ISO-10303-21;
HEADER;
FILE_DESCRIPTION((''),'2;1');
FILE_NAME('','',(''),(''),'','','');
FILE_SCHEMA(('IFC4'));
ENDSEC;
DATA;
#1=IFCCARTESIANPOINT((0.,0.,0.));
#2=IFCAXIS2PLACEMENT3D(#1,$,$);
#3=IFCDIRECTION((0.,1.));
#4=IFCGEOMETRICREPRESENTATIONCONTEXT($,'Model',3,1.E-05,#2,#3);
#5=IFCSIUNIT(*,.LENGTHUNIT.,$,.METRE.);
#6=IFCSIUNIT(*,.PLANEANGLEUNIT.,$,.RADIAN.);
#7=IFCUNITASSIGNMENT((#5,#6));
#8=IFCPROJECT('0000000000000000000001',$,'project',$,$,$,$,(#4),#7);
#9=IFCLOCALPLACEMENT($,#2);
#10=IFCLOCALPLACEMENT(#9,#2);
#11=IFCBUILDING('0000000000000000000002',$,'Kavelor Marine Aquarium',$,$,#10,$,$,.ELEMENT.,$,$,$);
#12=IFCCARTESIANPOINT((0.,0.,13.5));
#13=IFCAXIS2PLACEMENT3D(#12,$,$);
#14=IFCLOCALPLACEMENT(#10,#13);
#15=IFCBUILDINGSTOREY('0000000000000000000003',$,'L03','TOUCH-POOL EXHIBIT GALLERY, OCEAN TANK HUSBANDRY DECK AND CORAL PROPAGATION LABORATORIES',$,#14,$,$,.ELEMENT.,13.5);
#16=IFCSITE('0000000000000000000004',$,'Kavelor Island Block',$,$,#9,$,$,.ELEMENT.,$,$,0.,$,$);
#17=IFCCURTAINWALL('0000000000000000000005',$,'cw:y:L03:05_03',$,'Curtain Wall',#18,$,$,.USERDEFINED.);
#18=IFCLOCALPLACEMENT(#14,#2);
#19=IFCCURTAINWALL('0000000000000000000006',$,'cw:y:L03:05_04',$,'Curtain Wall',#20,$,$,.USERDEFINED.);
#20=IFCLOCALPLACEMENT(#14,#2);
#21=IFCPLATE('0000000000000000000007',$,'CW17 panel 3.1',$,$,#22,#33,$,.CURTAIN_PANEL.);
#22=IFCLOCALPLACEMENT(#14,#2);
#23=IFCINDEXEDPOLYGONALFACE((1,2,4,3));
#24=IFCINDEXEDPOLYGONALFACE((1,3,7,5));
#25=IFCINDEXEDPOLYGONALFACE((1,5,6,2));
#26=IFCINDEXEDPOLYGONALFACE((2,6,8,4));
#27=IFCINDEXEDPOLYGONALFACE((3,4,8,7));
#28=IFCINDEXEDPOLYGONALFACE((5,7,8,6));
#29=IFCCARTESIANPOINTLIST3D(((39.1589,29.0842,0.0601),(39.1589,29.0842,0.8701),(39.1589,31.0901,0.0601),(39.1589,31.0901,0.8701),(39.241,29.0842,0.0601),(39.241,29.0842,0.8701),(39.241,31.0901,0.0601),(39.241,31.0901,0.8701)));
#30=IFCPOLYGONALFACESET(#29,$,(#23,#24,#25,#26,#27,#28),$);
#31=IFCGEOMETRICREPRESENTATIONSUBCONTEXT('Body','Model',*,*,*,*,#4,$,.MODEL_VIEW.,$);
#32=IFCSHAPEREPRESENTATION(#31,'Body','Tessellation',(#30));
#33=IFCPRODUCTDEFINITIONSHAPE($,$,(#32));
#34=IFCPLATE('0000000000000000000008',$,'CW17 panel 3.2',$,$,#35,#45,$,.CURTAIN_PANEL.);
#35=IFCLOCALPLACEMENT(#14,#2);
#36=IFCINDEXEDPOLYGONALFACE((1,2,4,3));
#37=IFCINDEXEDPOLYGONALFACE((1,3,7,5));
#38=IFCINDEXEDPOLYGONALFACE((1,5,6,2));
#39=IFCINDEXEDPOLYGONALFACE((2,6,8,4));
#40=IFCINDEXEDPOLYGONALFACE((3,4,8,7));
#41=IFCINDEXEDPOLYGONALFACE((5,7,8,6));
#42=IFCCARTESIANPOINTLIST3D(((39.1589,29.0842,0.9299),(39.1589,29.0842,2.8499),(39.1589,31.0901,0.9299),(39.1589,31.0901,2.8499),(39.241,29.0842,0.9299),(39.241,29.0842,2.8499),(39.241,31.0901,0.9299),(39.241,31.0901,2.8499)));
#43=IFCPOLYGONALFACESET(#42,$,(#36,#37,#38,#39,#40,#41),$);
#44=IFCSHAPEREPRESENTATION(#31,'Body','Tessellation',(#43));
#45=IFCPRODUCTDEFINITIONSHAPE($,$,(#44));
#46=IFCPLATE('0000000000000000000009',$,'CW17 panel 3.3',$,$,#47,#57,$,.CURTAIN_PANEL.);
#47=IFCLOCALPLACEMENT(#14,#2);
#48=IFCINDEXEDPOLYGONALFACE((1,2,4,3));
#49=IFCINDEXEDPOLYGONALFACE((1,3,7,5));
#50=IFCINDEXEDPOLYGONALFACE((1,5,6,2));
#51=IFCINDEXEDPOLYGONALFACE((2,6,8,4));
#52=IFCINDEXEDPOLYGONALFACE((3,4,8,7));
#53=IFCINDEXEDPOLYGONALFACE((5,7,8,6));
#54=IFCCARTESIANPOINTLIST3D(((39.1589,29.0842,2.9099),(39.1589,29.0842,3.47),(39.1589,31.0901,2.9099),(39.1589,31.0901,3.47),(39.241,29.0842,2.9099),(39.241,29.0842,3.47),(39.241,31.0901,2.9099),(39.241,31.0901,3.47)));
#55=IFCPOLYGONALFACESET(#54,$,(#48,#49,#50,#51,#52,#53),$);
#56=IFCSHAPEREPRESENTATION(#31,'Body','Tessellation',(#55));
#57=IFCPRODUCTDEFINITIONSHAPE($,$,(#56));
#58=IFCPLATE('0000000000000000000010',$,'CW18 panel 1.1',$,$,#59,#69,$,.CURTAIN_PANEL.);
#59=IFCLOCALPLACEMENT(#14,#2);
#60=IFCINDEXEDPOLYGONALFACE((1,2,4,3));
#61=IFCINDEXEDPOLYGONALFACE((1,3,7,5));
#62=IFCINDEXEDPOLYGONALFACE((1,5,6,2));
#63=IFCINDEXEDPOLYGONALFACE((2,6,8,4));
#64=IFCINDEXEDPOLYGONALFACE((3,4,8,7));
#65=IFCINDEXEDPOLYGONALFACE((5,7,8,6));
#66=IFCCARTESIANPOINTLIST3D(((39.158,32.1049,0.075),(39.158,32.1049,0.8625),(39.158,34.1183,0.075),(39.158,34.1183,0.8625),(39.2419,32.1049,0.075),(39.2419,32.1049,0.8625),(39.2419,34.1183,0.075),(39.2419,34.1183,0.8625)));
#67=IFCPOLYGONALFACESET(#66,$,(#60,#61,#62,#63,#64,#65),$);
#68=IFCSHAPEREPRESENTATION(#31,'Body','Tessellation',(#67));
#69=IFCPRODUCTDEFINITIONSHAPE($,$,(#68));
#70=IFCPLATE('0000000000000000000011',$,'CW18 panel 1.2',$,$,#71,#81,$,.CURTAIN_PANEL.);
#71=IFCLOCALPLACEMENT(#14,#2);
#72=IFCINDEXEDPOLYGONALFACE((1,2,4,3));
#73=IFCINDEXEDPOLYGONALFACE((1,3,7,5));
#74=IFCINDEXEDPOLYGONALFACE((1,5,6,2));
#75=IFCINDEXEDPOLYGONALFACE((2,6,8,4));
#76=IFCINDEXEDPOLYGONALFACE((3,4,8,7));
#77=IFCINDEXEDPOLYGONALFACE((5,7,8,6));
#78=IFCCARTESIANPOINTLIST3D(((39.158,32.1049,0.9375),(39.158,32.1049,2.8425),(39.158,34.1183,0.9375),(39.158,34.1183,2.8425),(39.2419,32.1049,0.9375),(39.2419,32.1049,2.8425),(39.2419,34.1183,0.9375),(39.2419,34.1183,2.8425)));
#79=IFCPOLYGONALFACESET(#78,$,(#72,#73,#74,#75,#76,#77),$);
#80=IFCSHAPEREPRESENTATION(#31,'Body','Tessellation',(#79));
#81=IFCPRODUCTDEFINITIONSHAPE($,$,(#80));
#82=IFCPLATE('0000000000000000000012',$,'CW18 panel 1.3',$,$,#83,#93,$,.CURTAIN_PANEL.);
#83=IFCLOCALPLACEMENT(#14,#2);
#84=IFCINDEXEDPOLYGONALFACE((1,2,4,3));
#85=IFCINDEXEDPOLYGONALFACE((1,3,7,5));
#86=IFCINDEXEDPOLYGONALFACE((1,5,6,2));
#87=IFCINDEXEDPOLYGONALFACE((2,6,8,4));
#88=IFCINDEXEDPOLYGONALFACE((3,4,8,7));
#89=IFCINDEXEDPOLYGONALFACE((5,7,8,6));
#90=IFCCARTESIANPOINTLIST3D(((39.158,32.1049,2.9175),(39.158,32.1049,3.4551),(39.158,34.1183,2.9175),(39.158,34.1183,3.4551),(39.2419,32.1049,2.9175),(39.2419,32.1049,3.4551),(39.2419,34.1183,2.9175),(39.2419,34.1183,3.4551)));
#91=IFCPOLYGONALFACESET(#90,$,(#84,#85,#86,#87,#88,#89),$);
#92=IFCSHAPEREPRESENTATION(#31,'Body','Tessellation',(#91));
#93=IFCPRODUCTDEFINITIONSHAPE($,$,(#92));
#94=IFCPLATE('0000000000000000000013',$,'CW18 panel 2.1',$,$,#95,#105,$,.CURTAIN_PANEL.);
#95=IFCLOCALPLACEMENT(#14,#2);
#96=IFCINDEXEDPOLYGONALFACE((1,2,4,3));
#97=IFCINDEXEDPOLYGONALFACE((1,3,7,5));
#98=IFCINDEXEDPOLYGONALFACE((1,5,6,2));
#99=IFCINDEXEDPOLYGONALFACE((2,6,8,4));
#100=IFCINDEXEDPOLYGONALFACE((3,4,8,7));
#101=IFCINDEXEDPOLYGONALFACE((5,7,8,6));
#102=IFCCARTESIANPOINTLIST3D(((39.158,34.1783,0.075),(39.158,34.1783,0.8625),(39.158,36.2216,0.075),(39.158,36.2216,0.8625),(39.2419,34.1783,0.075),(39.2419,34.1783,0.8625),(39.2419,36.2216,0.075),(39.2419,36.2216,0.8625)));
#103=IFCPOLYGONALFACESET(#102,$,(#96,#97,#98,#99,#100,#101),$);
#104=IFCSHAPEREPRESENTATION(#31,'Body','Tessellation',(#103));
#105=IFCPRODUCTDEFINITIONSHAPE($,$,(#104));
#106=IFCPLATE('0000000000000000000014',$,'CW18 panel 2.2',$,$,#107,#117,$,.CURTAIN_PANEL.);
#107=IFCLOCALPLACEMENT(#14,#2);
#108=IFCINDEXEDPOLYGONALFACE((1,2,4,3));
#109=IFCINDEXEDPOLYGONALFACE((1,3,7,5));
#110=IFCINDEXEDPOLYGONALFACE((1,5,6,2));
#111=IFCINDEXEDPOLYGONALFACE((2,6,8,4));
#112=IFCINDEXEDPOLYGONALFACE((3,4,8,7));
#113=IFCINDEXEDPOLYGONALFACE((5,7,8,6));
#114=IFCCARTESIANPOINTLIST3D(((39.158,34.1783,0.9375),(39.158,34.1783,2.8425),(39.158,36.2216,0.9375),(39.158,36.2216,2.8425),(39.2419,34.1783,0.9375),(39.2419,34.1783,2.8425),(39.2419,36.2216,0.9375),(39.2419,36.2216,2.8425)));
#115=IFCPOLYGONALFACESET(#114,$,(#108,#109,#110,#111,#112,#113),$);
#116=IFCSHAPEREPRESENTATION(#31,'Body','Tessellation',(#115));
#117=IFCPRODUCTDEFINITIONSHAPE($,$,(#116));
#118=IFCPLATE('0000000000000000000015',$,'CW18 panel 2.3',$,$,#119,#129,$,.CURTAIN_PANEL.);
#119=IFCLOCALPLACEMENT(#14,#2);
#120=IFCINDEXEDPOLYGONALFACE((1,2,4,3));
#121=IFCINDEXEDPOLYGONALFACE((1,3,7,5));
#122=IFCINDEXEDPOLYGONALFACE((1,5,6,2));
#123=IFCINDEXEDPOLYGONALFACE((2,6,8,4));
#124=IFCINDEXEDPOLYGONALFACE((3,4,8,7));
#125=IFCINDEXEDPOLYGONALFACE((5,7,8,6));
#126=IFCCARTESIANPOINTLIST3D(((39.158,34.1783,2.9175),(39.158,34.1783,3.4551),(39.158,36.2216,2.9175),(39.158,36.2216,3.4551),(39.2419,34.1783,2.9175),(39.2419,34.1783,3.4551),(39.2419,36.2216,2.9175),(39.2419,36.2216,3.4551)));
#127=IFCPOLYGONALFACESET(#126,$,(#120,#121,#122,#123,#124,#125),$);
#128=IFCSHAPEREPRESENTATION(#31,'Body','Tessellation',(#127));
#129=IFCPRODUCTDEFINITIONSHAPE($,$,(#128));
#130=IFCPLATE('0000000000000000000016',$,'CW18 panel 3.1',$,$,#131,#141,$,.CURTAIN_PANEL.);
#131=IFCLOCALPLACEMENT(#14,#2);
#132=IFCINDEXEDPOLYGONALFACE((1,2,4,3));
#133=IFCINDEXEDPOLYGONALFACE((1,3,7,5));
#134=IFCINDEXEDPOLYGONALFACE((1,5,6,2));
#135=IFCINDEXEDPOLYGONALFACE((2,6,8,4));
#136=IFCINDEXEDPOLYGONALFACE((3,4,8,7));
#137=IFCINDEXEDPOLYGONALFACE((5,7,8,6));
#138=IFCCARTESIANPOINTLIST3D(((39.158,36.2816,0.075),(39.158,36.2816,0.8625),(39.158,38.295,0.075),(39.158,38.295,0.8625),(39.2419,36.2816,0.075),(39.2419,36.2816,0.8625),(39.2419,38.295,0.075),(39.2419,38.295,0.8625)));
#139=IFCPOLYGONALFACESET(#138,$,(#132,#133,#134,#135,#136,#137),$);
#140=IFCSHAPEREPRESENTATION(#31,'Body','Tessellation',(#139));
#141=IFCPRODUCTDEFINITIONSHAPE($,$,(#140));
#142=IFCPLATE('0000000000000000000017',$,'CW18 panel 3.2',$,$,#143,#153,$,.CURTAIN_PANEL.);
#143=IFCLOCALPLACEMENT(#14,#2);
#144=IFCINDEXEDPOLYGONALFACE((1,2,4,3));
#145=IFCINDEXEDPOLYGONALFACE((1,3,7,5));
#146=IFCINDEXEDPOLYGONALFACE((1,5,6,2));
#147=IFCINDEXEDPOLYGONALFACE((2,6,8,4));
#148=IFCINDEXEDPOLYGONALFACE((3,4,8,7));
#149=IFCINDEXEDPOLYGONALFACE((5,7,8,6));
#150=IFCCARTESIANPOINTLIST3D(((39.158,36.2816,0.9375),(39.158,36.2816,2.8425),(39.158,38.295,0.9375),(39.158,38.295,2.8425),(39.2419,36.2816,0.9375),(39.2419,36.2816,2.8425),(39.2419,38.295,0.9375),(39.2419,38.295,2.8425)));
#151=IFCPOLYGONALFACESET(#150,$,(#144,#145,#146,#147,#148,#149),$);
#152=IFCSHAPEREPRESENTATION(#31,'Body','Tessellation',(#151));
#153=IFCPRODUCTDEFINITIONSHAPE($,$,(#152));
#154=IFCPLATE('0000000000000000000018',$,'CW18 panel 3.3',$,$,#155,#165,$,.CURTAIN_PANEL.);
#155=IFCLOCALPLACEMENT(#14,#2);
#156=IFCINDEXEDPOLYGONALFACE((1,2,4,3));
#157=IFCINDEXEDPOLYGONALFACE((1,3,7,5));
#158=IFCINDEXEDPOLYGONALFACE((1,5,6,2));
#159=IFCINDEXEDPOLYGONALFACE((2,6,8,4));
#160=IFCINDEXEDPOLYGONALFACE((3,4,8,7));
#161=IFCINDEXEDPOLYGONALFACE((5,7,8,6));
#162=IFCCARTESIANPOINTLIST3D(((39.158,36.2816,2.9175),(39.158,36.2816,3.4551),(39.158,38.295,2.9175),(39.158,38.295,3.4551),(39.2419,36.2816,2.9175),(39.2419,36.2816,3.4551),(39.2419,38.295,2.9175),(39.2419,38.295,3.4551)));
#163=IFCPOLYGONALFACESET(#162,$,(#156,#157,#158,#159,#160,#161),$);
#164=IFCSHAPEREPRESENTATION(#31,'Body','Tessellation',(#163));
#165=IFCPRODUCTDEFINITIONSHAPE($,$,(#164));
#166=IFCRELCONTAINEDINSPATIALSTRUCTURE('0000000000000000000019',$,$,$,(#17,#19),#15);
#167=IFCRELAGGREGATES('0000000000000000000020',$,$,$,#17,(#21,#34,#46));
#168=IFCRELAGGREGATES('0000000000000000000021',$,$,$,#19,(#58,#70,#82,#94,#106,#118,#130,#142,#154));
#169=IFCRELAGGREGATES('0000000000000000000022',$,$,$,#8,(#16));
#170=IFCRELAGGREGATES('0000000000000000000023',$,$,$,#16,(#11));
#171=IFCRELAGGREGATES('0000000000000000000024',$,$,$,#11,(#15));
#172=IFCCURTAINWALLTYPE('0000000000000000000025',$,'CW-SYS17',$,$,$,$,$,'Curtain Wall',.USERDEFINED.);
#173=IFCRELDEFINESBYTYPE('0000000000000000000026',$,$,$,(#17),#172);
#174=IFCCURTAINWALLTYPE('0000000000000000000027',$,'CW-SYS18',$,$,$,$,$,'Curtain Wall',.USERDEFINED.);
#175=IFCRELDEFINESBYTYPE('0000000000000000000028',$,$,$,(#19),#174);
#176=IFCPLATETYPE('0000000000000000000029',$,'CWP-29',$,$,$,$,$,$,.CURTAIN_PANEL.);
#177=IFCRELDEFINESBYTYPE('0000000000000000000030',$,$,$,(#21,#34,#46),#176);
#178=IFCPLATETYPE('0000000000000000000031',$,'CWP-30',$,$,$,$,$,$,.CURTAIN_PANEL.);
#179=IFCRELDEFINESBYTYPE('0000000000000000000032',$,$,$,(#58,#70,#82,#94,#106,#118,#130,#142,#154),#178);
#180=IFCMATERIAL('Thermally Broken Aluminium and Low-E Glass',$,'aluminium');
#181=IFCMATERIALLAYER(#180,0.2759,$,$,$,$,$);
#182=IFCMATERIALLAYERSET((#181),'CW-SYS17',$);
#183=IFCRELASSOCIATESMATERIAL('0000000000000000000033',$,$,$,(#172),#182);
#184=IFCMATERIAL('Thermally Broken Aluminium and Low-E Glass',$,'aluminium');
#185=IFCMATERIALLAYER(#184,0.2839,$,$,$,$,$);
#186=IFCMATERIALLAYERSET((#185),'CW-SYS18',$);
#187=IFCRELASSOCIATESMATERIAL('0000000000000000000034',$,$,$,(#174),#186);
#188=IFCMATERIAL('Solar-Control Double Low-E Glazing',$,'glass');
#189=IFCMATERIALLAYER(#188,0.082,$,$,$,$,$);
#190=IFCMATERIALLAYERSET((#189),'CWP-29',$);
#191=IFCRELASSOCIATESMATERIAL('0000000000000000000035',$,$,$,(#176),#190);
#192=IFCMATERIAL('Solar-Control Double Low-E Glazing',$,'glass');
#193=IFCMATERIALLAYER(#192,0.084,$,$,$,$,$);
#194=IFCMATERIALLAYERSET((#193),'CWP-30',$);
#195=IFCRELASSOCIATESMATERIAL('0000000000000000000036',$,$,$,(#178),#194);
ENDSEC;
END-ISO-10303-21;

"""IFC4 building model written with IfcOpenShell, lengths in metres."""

from ifc_helpers import new_model, si_unit, direction, frame, origin, origin_2d, place, context, subcontext, project, spatial, rectangle, extrude, material, layer, layer_set, type_object, element, aggregate, save


model = new_model("IFC4")

# Units and contexts
model_context = context("Model", 3, precision=1e-05, world=origin(), true_north=direction((0.0, 1.0)))
body_context = subcontext(model_context, "Body", "Model", "MODEL_VIEW")
ifc_project = project(units=[si_unit("LENGTHUNIT", "METRE"), si_unit("PLANEANGLEUNIT", "RADIAN")], contexts=[model_context])

# Site, building, storey
site_placement = place(None, origin())
site = spatial("IfcSite", under=ifc_project, at=site_placement, Name="Kavelor Island Block", CompositionType="ELEMENT", RefElevation=0.0)
building_placement = place(site_placement, origin())
building = spatial("IfcBuilding", under=site, at=building_placement, Name="Kavelor Marine Aquarium", CompositionType="ELEMENT")
storey_placement = place(building_placement, frame((0.0, 0.0, 13.5)))
storey = spatial("IfcBuildingStorey", under=building, at=storey_placement, Name="L03", Description="TOUCH-POOL EXHIBIT GALLERY, OCEAN TANK HUSBANDRY DECK AND CORAL PROPAGATION LABORATORIES", CompositionType="ELEMENT", Elevation=13.5)

# Curtain walls
ifc_material_1 = material(Name="Thermally Broken Aluminium and Low-E Glass", Category="aluminium")
ifc_layer_1 = layer(ifc_material_1, 0.2759)
ifc_layer_set_1 = layer_set([ifc_layer_1], Name="CW-SYS17")
curtain_wall_type_1 = type_object("IfcCurtainWallType", Name="CW-SYS17", ElementType="Curtain Wall", PredefinedType="USERDEFINED", material=ifc_layer_set_1)
curtain_wall_1_placement = place(storey_placement, origin())
curtain_wall_1 = element("IfcCurtainWall", 1, at=curtain_wall_1_placement, inside=storey, type_object=curtain_wall_type_1, Name="cw:y:L03:05_03", ObjectType="Curtain Wall", PredefinedType="USERDEFINED")
ifc_material_2 = material(Name="Thermally Broken Aluminium and Low-E Glass", Category="aluminium")
ifc_layer_2 = layer(ifc_material_2, 0.2839)
ifc_layer_set_2 = layer_set([ifc_layer_2], Name="CW-SYS18")
curtain_wall_type_2 = type_object("IfcCurtainWallType", Name="CW-SYS18", ElementType="Curtain Wall", PredefinedType="USERDEFINED", material=ifc_layer_set_2)
curtain_wall_2_placement = place(storey_placement, origin())
curtain_wall_2 = element("IfcCurtainWall", 2, at=curtain_wall_2_placement, inside=storey, type_object=curtain_wall_type_2, Name="cw:y:L03:05_04", ObjectType="Curtain Wall", PredefinedType="USERDEFINED")

# Plates
ifc_material_3 = material(Name="Solar-Control Double Low-E Glazing", Category="glass")
ifc_layer_3 = layer(ifc_material_3, 0.082)
ifc_layer_set_3 = layer_set([ifc_layer_3], Name="CWP-29")
plate_type_1 = type_object("IfcPlateType", Name="CWP-29", PredefinedType="CURTAIN_PANEL", material=ifc_layer_set_3)
plate_1_placement = place(storey_placement, frame((39.2, 30.0872, 0.0601), z_axis=(0.0, 0.0, 1.0), x_axis=(0.0, 1.0, 0.0)))
plate_1 = element("IfcPlate", 3, at=plate_1_placement, type_object=plate_type_1, Name="CW17 panel 3.1", PredefinedType="CURTAIN_PANEL", context=body_context, shape_type="SweptSolid", body=[
    extrude(rectangle(XDim=2.0059, YDim=0.082, at=origin_2d()), origin(), (0.0, 0.0, 1.0), 0.8101),
])
plate_2_placement = place(storey_placement, frame((39.2, 30.0872, 0.9299), z_axis=(0.0, 0.0, 1.0), x_axis=(0.0, 1.0, 0.0)))
plate_2 = element("IfcPlate", 4, at=plate_2_placement, type_object=plate_type_1, Name="CW17 panel 3.2", PredefinedType="CURTAIN_PANEL", context=body_context, shape_type="SweptSolid", body=[
    extrude(rectangle(XDim=2.0059, YDim=0.082, at=origin_2d()), origin(), (0.0, 0.0, 1.0), 1.9199),
])
plate_3_placement = place(storey_placement, frame((39.2, 30.0872, 2.9099), z_axis=(0.0, 0.0, 1.0), x_axis=(0.0, 1.0, 0.0)))
plate_3 = element("IfcPlate", 5, at=plate_3_placement, type_object=plate_type_1, Name="CW17 panel 3.3", PredefinedType="CURTAIN_PANEL", context=body_context, shape_type="SweptSolid", body=[
    extrude(rectangle(XDim=2.0059, YDim=0.082, at=origin_2d()), origin(), (0.0, 0.0, 1.0), 0.5601),
])
aggregate(curtain_wall_1, [plate_1, plate_2, plate_3])
ifc_material_4 = material(Name="Solar-Control Double Low-E Glazing", Category="glass")
ifc_layer_4 = layer(ifc_material_4, 0.084)
ifc_layer_set_4 = layer_set([ifc_layer_4], Name="CWP-30")
plate_type_2 = type_object("IfcPlateType", Name="CWP-30", PredefinedType="CURTAIN_PANEL", material=ifc_layer_set_4)
plate_4_placement = place(storey_placement, frame((39.2, 33.1116, 0.075), z_axis=(0.0, 0.0, 1.0), x_axis=(0.0, 1.0, 0.0)))
plate_4 = element("IfcPlate", 6, at=plate_4_placement, type_object=plate_type_2, Name="CW18 panel 1.1", PredefinedType="CURTAIN_PANEL", context=body_context, shape_type="SweptSolid", body=[
    extrude(rectangle(XDim=2.0134, YDim=0.084, at=origin_2d()), origin(), (0.0, 0.0, 1.0), 0.7876),
])
plate_5_placement = place(storey_placement, frame((39.2, 33.1116, 0.9375), z_axis=(0.0, 0.0, 1.0), x_axis=(0.0, 1.0, 0.0)))
plate_5 = element("IfcPlate", 7, at=plate_5_placement, type_object=plate_type_2, Name="CW18 panel 1.2", PredefinedType="CURTAIN_PANEL", context=body_context, shape_type="SweptSolid", body=[
    extrude(rectangle(XDim=2.0134, YDim=0.084, at=origin_2d()), origin(), (0.0, 0.0, 1.0), 1.905),
])
plate_6_placement = place(storey_placement, frame((39.2, 33.1116, 2.9175), z_axis=(0.0, 0.0, 1.0), x_axis=(0.0, 1.0, 0.0)))
plate_6 = element("IfcPlate", 8, at=plate_6_placement, type_object=plate_type_2, Name="CW18 panel 1.3", PredefinedType="CURTAIN_PANEL", context=body_context, shape_type="SweptSolid", body=[
    extrude(rectangle(XDim=2.0134, YDim=0.084, at=origin_2d()), origin(), (0.0, 0.0, 1.0), 0.5376),
])
plate_7_placement = place(storey_placement, frame((39.2, 35.2, 0.075), z_axis=(0.0, 0.0, 1.0), x_axis=(0.0, 1.0, 0.0)))
plate_7 = element("IfcPlate", 9, at=plate_7_placement, type_object=plate_type_2, Name="CW18 panel 2.1", PredefinedType="CURTAIN_PANEL", context=body_context, shape_type="SweptSolid", body=[
    extrude(rectangle(XDim=2.0432, YDim=0.084, at=origin_2d()), origin(), (0.0, 0.0, 1.0), 0.7876),
])
plate_8_placement = place(storey_placement, frame((39.2, 35.2, 0.9375), z_axis=(0.0, 0.0, 1.0), x_axis=(0.0, 1.0, 0.0)))
plate_8 = element("IfcPlate", 10, at=plate_8_placement, type_object=plate_type_2, Name="CW18 panel 2.2", PredefinedType="CURTAIN_PANEL", context=body_context, shape_type="SweptSolid", body=[
    extrude(rectangle(XDim=2.0432, YDim=0.084, at=origin_2d()), origin(), (0.0, 0.0, 1.0), 1.905),
])
plate_9_placement = place(storey_placement, frame((39.2, 35.2, 2.9175), z_axis=(0.0, 0.0, 1.0), x_axis=(0.0, 1.0, 0.0)))
plate_9 = element("IfcPlate", 11, at=plate_9_placement, type_object=plate_type_2, Name="CW18 panel 2.3", PredefinedType="CURTAIN_PANEL", context=body_context, shape_type="SweptSolid", body=[
    extrude(rectangle(XDim=2.0432, YDim=0.084, at=origin_2d()), origin(), (0.0, 0.0, 1.0), 0.5376),
])
plate_10_placement = place(storey_placement, frame((39.2, 37.2883, 0.075), z_axis=(0.0, 0.0, 1.0), x_axis=(0.0, 1.0, 0.0)))
plate_10 = element("IfcPlate", 12, at=plate_10_placement, type_object=plate_type_2, Name="CW18 panel 3.1", PredefinedType="CURTAIN_PANEL", context=body_context, shape_type="SweptSolid", body=[
    extrude(rectangle(XDim=2.0134, YDim=0.084, at=origin_2d()), origin(), (0.0, 0.0, 1.0), 0.7876),
])
plate_11_placement = place(storey_placement, frame((39.2, 37.2883, 0.9375), z_axis=(0.0, 0.0, 1.0), x_axis=(0.0, 1.0, 0.0)))
plate_11 = element("IfcPlate", 13, at=plate_11_placement, type_object=plate_type_2, Name="CW18 panel 3.2", PredefinedType="CURTAIN_PANEL", context=body_context, shape_type="SweptSolid", body=[
    extrude(rectangle(XDim=2.0134, YDim=0.084, at=origin_2d()), origin(), (0.0, 0.0, 1.0), 1.905),
])
plate_12_placement = place(storey_placement, frame((39.2, 37.2883, 2.9175), z_axis=(0.0, 0.0, 1.0), x_axis=(0.0, 1.0, 0.0)))
plate_12 = element("IfcPlate", 14, at=plate_12_placement, type_object=plate_type_2, Name="CW18 panel 3.3", PredefinedType="CURTAIN_PANEL", context=body_context, shape_type="SweptSolid", body=[
    extrude(rectangle(XDim=2.0134, YDim=0.084, at=origin_2d()), origin(), (0.0, 0.0, 1.0), 0.5376),
])
aggregate(curtain_wall_2, [plate_4, plate_5, plate_6, plate_7, plate_8, plate_9, plate_10, plate_11, plate_12])

save(model, "model.ifc")
